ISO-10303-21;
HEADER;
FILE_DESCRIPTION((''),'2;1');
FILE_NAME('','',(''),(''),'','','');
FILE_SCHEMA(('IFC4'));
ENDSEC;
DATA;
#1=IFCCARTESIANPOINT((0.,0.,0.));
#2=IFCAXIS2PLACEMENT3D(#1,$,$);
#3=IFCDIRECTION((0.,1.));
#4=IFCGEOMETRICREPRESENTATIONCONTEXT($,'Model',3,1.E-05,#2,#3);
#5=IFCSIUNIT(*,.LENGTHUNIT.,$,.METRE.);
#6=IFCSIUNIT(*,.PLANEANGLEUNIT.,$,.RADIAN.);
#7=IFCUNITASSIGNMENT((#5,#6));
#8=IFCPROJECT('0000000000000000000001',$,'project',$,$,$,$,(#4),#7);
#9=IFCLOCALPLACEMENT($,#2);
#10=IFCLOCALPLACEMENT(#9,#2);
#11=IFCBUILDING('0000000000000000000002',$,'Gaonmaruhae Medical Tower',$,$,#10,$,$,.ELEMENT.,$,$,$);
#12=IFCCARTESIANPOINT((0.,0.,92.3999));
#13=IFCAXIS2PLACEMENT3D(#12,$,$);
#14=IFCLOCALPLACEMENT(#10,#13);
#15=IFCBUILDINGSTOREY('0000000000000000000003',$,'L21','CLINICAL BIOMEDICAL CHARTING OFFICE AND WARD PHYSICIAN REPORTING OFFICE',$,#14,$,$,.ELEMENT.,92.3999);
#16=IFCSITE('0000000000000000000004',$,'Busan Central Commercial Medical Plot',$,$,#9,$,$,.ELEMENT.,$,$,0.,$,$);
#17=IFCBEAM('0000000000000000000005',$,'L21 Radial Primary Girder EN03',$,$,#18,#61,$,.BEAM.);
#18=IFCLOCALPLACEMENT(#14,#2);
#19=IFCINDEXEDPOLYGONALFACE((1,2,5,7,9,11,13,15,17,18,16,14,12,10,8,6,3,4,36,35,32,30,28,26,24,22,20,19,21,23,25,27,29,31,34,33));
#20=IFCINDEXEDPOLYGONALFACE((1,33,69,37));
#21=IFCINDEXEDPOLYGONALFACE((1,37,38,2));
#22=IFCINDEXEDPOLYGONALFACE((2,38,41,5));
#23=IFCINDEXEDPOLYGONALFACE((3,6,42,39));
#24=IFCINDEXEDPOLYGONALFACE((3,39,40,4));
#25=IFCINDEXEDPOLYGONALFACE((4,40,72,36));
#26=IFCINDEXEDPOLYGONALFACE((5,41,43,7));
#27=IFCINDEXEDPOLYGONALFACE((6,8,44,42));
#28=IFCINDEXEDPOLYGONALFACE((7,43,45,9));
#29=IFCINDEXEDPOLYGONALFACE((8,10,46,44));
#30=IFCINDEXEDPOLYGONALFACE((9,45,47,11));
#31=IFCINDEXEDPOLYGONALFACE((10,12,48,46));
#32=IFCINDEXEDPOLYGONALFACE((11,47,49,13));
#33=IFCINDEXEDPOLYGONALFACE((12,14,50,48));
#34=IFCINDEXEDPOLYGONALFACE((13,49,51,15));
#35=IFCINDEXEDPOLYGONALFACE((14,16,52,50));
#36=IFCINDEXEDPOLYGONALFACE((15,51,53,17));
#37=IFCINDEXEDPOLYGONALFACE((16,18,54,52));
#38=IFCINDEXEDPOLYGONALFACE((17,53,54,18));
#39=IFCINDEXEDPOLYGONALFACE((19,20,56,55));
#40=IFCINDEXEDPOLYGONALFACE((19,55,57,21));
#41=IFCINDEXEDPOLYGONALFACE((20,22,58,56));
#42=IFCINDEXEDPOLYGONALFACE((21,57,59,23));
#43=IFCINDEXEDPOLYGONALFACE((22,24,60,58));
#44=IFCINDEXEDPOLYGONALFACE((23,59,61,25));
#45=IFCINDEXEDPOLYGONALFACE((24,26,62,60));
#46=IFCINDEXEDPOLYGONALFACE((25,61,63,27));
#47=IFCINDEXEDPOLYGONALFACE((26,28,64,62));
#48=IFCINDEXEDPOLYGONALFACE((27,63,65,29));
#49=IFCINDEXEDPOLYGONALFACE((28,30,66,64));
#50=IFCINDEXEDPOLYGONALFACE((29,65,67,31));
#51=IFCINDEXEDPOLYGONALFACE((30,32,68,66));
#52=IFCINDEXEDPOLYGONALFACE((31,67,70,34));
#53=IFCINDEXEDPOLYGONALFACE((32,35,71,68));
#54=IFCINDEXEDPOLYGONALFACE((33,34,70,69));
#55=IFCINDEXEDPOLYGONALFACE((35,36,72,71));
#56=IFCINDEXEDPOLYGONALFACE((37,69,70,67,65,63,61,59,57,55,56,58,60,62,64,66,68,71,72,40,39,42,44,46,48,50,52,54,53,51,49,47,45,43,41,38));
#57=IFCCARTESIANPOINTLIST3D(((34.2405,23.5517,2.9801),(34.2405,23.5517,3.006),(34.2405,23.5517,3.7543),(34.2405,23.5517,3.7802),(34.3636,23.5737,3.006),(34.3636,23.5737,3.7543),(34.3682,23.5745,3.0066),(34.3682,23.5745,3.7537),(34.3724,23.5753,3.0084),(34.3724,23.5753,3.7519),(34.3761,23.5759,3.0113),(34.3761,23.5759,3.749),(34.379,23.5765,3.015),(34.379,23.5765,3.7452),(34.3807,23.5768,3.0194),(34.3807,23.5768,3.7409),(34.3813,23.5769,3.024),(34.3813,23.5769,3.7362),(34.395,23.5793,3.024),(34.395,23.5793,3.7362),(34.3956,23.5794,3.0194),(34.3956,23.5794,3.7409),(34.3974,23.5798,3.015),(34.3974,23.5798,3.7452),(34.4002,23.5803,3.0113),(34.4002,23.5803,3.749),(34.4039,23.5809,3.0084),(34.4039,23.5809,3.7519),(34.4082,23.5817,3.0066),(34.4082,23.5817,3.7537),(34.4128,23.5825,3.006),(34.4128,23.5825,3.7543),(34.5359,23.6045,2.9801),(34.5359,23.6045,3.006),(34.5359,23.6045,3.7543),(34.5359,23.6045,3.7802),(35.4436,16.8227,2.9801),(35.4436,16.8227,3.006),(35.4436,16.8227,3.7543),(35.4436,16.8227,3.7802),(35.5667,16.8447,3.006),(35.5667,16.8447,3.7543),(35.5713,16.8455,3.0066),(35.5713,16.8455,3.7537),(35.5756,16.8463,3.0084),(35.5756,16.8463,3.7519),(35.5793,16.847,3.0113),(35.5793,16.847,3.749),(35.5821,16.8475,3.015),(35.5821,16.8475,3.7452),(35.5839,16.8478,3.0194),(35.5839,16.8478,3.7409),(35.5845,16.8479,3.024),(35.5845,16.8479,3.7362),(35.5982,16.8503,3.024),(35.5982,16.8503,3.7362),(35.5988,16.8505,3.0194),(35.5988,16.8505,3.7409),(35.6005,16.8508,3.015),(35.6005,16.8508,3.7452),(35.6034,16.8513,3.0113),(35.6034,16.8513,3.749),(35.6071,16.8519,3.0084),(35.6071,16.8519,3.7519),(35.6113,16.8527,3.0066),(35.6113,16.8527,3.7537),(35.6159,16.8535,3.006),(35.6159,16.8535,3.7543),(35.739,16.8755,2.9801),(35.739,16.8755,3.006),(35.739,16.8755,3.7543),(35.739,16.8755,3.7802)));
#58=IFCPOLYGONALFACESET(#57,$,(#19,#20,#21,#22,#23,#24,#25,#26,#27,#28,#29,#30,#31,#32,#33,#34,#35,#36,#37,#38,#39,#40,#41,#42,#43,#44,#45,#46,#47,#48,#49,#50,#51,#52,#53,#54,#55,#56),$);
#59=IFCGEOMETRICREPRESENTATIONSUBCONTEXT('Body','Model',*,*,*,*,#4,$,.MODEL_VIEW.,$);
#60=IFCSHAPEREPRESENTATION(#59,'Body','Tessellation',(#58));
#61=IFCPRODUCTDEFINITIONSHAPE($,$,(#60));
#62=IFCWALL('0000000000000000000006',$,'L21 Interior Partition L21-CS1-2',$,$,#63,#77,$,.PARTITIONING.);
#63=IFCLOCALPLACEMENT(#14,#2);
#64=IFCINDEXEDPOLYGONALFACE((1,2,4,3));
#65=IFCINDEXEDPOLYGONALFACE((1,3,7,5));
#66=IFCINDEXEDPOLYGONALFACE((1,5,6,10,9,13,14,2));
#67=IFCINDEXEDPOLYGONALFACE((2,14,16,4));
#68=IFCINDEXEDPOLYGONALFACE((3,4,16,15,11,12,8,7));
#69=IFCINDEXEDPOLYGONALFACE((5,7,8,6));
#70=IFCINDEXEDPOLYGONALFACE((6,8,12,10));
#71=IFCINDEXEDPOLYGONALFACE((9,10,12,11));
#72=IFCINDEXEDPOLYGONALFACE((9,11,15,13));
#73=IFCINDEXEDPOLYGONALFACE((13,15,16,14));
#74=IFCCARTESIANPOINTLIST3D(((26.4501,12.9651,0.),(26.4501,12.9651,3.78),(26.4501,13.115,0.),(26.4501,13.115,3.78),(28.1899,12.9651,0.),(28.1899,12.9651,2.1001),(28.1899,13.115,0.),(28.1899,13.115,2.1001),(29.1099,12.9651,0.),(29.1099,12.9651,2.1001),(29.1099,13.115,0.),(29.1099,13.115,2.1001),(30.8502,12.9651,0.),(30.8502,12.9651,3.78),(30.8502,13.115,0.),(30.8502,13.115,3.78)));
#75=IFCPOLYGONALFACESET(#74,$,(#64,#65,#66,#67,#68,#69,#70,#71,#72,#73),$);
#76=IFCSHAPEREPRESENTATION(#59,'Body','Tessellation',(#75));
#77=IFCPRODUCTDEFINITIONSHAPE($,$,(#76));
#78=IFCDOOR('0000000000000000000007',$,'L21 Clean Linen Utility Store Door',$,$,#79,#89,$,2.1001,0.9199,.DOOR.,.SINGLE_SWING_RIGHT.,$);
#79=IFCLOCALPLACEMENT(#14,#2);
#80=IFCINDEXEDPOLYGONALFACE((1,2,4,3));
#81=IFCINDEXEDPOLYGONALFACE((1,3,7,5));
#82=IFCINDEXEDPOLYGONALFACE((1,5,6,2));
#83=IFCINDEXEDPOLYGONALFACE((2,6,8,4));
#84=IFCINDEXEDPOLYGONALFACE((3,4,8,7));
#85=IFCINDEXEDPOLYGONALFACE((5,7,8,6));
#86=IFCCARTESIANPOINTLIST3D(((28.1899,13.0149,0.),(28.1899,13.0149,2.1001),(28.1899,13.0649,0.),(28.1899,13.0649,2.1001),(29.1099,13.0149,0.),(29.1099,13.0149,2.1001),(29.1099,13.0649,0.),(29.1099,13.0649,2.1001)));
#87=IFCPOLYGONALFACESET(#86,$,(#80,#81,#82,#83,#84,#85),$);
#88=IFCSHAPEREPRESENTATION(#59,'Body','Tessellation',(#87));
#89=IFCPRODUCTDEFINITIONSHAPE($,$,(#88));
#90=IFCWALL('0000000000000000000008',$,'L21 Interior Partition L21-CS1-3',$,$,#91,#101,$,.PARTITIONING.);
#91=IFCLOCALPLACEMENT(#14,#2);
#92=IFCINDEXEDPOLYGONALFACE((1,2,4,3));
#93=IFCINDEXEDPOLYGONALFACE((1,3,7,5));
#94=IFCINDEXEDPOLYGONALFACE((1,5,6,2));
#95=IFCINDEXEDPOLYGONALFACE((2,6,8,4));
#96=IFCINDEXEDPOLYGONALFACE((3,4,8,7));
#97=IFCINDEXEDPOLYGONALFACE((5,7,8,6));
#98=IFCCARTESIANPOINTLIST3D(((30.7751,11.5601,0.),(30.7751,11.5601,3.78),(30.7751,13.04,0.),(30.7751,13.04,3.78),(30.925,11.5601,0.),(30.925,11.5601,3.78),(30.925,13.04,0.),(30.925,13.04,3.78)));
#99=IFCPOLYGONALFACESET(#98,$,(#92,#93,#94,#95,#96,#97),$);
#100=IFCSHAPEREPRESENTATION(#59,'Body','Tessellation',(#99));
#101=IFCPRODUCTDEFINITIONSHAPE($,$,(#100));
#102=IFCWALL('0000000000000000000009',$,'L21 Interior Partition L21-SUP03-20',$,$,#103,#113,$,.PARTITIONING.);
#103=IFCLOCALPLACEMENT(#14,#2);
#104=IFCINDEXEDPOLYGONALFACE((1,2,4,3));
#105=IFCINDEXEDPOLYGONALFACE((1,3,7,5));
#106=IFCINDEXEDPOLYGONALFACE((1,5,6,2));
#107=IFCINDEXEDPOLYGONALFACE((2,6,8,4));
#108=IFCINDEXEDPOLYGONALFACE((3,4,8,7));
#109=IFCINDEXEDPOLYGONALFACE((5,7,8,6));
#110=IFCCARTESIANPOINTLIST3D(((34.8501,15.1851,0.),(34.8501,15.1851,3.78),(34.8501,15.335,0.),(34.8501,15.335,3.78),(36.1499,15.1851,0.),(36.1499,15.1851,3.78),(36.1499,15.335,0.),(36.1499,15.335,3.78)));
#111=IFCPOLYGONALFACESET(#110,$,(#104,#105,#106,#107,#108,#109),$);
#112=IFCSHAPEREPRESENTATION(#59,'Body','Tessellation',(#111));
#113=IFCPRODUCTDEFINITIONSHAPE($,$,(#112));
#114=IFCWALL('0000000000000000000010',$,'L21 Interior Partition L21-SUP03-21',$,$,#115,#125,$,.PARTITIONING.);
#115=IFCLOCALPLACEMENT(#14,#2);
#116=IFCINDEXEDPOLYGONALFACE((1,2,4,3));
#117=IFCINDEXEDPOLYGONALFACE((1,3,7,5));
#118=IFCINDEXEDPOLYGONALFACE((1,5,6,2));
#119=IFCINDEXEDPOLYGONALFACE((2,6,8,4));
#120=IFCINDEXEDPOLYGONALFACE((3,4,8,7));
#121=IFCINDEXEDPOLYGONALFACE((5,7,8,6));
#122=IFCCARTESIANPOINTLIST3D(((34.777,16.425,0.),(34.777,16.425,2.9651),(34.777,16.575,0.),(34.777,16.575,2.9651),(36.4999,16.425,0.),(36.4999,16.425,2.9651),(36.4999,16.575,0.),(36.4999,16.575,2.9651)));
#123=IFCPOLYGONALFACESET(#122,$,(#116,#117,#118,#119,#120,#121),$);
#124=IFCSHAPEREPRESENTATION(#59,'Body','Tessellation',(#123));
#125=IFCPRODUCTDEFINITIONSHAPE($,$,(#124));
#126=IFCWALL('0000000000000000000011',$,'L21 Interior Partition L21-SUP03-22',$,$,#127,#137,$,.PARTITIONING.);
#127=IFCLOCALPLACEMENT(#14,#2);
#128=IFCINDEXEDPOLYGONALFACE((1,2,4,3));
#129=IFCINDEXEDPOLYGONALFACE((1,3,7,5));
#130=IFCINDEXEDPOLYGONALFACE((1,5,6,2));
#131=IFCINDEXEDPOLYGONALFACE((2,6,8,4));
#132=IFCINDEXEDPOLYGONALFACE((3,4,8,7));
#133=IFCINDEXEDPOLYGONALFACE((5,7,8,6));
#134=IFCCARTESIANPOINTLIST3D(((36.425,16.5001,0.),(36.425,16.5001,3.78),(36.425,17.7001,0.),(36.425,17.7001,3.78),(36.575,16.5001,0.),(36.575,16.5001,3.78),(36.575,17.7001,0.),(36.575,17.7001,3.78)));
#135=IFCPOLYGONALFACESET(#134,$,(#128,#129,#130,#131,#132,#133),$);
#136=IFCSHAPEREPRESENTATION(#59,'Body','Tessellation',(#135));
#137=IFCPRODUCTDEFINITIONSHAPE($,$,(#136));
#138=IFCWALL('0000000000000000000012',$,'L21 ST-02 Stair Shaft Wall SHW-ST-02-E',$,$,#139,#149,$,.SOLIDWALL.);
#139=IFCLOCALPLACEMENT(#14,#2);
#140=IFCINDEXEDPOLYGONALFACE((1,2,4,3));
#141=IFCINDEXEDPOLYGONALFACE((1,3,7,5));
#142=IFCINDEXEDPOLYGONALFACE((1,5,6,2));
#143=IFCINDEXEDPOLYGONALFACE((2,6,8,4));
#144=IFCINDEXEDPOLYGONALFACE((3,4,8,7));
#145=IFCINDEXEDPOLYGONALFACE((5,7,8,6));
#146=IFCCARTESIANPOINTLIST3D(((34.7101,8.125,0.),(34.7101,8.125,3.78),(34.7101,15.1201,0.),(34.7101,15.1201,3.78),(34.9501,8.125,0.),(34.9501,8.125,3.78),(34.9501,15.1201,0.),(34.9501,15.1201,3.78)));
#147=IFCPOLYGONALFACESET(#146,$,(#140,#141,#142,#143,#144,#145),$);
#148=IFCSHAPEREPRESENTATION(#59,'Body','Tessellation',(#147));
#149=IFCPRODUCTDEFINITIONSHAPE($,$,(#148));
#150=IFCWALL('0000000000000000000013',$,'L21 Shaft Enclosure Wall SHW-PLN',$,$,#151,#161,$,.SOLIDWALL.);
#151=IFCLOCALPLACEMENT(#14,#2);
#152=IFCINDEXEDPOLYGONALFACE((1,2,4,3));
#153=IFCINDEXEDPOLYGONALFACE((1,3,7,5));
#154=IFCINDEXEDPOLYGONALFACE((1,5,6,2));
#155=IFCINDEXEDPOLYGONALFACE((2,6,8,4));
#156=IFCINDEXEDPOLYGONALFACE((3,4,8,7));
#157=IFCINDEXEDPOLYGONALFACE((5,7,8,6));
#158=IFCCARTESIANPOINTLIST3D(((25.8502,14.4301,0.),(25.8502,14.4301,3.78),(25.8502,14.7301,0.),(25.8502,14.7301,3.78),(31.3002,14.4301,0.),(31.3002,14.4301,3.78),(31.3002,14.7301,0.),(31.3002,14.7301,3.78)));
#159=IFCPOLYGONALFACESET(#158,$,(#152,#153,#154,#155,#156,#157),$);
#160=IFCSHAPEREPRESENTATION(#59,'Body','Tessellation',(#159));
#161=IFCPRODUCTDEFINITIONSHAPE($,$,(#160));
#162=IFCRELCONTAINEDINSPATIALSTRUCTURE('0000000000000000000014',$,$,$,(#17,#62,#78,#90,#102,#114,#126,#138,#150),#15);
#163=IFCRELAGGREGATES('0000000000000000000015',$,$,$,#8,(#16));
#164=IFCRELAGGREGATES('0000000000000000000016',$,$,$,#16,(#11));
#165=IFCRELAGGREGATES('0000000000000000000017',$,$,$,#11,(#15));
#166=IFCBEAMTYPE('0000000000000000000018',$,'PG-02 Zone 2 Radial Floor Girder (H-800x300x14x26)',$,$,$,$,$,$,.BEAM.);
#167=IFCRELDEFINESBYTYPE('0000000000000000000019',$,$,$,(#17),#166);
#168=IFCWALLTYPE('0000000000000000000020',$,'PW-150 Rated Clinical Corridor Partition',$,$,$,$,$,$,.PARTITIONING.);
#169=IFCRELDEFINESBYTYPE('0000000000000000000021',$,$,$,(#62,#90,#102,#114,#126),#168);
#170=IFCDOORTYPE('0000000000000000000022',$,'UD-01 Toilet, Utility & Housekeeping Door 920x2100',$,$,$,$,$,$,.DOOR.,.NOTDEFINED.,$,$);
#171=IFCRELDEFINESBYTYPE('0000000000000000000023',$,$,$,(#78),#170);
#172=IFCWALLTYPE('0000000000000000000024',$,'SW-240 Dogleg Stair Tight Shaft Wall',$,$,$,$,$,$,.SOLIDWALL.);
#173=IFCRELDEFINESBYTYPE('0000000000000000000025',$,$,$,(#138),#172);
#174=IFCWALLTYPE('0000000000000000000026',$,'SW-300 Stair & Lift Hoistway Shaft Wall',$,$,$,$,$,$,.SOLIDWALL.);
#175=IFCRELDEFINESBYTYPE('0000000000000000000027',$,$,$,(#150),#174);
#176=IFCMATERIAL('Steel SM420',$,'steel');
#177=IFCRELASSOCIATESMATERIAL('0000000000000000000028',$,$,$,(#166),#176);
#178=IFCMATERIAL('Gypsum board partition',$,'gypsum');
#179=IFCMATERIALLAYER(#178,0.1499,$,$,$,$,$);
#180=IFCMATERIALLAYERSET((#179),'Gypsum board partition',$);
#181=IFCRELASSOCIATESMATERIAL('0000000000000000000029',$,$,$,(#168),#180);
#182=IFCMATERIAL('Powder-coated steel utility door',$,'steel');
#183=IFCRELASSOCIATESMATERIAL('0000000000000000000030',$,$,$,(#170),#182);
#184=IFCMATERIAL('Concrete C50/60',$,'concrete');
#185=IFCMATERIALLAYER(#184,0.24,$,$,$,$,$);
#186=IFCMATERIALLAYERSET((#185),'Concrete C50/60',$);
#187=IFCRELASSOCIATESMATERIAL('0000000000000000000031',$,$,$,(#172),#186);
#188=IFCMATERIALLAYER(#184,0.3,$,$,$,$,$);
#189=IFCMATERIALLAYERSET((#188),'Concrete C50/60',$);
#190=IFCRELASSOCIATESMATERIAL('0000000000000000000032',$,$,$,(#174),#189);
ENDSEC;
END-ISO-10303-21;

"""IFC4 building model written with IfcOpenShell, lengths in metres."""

from ifc_helpers import new_model, si_unit, direction, frame, frame_2d, origin, origin_2d, place, context, subcontext, project, spatial, rectangle, i_section, extrude, material, layer, layer_set, material_profile, profile_set, type_object, element, fill, save


model = new_model("IFC4")

# Units and contexts
model_context = context("Model", 3, precision=1e-05, world=origin(), true_north=direction((0.0, 1.0)))
body_context = subcontext(model_context, "Body", "Model", "MODEL_VIEW")
ifc_project = project(units=[si_unit("LENGTHUNIT", "METRE"), si_unit("PLANEANGLEUNIT", "RADIAN")], contexts=[model_context])

# Site, building, storey
site_placement = place(None, origin())
site = spatial("IfcSite", under=ifc_project, at=site_placement, Name="Busan Central Commercial Medical Plot", CompositionType="ELEMENT", RefElevation=0.0)
building_placement = place(site_placement, origin())
building = spatial("IfcBuilding", under=site, at=building_placement, Name="Gaonmaruhae Medical Tower", CompositionType="ELEMENT")
storey_placement = place(building_placement, frame((0.0, 0.0, 92.3999)))
storey = spatial("IfcBuildingStorey", under=building, at=storey_placement, Name="L21", Description="CLINICAL BIOMEDICAL CHARTING OFFICE AND WARD PHYSICIAN REPORTING OFFICE", CompositionType="ELEMENT", Elevation=92.3999)

# Beam
ifc_material_1 = material(Name="Steel SM420", Category="steel")
ifc_material_profile_1 = material_profile(ifc_material_1, i_section(OverallWidth=0.3, OverallDepth=0.8, WebThickness=0.0139, FlangeThickness=0.0259, FilletRadius=0.0181, at=origin_2d()), Name="H-800x300x14x26")
ifc_profile_set_1 = profile_set([ifc_material_profile_1], Name="Steel SM420")
beam_type = type_object("IfcBeamType", Name="PG-02 Zone 2 Radial Floor Girder (H-800x300x14x26)", PredefinedType="BEAM", material=ifc_profile_set_1)
beam_1_placement = place(storey_placement, frame((35.5913, 16.8491, 3.3801), z_axis=(-0.176006, 0.984389, 0.0), x_axis=(-0.984389, -0.176006, 0.0)))
element("IfcBeam", 1, at=beam_1_placement, inside=storey, type_object=beam_type, Name="L21 Radial Primary Girder EN03", PredefinedType="BEAM", context=body_context, shape_type="SweptSolid", body=[
    extrude(i_section(OverallWidth=0.3, OverallDepth=0.8, WebThickness=0.0139, FlangeThickness=0.0259, FilletRadius=0.0181, at=origin_2d()), origin(), (0.0, 0.0, 1.0), 6.8357),
])

# Wall, opening, door
ifc_material_2 = material(Name="Gypsum board partition", Category="gypsum")
ifc_layer_1 = layer(ifc_material_2, 0.1499)
ifc_layer_set_1 = layer_set([ifc_layer_1], Name="Gypsum board partition")
wall_type_1 = type_object("IfcWallType", Name="PW-150 Rated Clinical Corridor Partition", PredefinedType="PARTITIONING", material=ifc_layer_set_1)
wall_1_placement = place(storey_placement, frame((26.45, 13.04, 0.0), z_axis=(0.0, 0.0, 1.0), x_axis=(1.0, 0.0, 0.0)))
wall_1 = element("IfcWall", 2, at=wall_1_placement, inside=storey, type_object=wall_type_1, Name="L21 Interior Partition L21-CS1-2", PredefinedType="PARTITIONING", context=body_context, shape_type="SweptSolid", body=[
    extrude(rectangle(XDim=4.4001, YDim=0.1499, at=frame_2d((2.2002, 0.0))), origin(), (0.0, 0.0, 1.0), 3.78),
])
opening_1_placement = place(wall_1_placement, frame((1.74, 0.0, 0.0)))
opening_1 = element("IfcOpeningElement", 3, at=opening_1_placement, cuts=wall_1, PredefinedType="OPENING", context=body_context, shape_type="SweptSolid", body=[
    extrude(rectangle(XDim=0.9199, YDim=2.1001, at=frame_2d((0.46, 1.05))), frame((0.0, 0.085, 0.0), z_axis=(0.0, -1.0, 0.0), x_axis=(1.0, 0.0, 0.0)), (0.0, 0.0, 1.0), 0.1699),
])
ifc_material_3 = material(Name="Powder-coated steel utility door", Category="steel")
door_type_1 = type_object("IfcDoorType", Name="UD-01 Toilet, Utility & Housekeeping Door 920x2100", OperationType="NOTDEFINED", PredefinedType="DOOR", material=ifc_material_3)
door_1_placement = place(opening_1_placement, origin())
door_1 = element("IfcDoor", 4, at=door_1_placement, inside=storey, type_object=door_type_1, Name="L21 Clean Linen Utility Store Door", OperationType="SINGLE_SWING_RIGHT", OverallHeight=2.1001, OverallWidth=0.9199, PredefinedType="DOOR", context=body_context, shape_type="SweptSolid", body=[
    extrude(rectangle(XDim=0.9199, YDim=2.1001, at=frame_2d((0.46, 1.05))), frame((0.0, 0.0249, 0.0), z_axis=(0.0, -1.0, 0.0), x_axis=(1.0, 0.0, 0.0)), (0.0, 0.0, 1.0), 0.05),
])
fill(opening_1, door_1)

# Walls
wall_2_placement = place(storey_placement, frame((30.8501, 13.04, 0.0), z_axis=(0.0, 0.0, 1.0), x_axis=(0.0, -1.0, 0.0)))
element("IfcWall", 5, at=wall_2_placement, inside=storey, type_object=wall_type_1, Name="L21 Interior Partition L21-CS1-3", PredefinedType="PARTITIONING", context=body_context, shape_type="SweptSolid", body=[
    extrude(rectangle(XDim=1.48, YDim=0.1499, at=frame_2d((0.74, 0.0))), origin(), (0.0, 0.0, 1.0), 3.78),
])
wall_3_placement = place(storey_placement, frame((36.1499, 15.26, 0.0), z_axis=(0.0, 0.0, 1.0), x_axis=(-1.0, 0.0, 0.0)))
element("IfcWall", 6, at=wall_3_placement, inside=storey, type_object=wall_type_1, Name="L21 Interior Partition L21-SUP03-20", PredefinedType="PARTITIONING", context=body_context, shape_type="SweptSolid", body=[
    extrude(rectangle(XDim=1.2998, YDim=0.1499, at=frame_2d((0.6499, 0.0))), origin(), (0.0, 0.0, 1.0), 3.78),
])
wall_4_placement = place(storey_placement, frame((34.7771, 16.5, 0.0), z_axis=(0.0, 0.0, 1.0), x_axis=(1.0, 0.0, 0.0)))
element("IfcWall", 7, at=wall_4_placement, inside=storey, type_object=wall_type_1, Name="L21 Interior Partition L21-SUP03-21", PredefinedType="PARTITIONING", context=body_context, shape_type="SweptSolid", body=[
    extrude(rectangle(XDim=1.7229, YDim=0.1499, at=frame_2d((0.8613, 0.0))), origin(), (0.0, 0.0, 1.0), 2.9651),
])
wall_5_placement = place(storey_placement, frame((36.5, 16.5, 0.0), z_axis=(0.0, 0.0, 1.0), x_axis=(0.0, 1.0, 0.0)))
element("IfcWall", 8, at=wall_5_placement, inside=storey, type_object=wall_type_1, Name="L21 Interior Partition L21-SUP03-22", PredefinedType="PARTITIONING", context=body_context, shape_type="SweptSolid", body=[
    extrude(rectangle(XDim=1.2, YDim=0.1499, at=frame_2d((0.6001, 0.0))), origin(), (0.0, 0.0, 1.0), 3.78),
])

# Shared definitions
ifc_material_4 = material(Name="Concrete C50/60", Category="concrete")
ifc_layer_2 = layer(ifc_material_4, 0.24)
ifc_layer_set_2 = layer_set([ifc_layer_2], Name="Concrete C50/60")
wall_type_2 = type_object("IfcWallType", Name="SW-240 Dogleg Stair Tight Shaft Wall", PredefinedType="SOLIDWALL", material=ifc_layer_set_2)

# Walls
wall_6_placement = place(storey_placement, frame((34.8301, 15.1201, 0.0), z_axis=(0.0, 0.0, 1.0), x_axis=(0.0, -1.0, 0.0)))
element("IfcWall", 9, at=wall_6_placement, inside=storey, type_object=wall_type_2, Name="L21 ST-02 Stair Shaft Wall SHW-ST-02-E", PredefinedType="SOLIDWALL", context=body_context, shape_type="SweptSolid", body=[
    extrude(rectangle(XDim=6.9951, YDim=0.24, at=frame_2d((3.4976, 0.0))), origin(), (0.0, 0.0, 1.0), 3.78),
])
ifc_layer_3 = layer(ifc_material_4, 0.3)
ifc_layer_set_3 = layer_set([ifc_layer_3], Name="Concrete C50/60")
wall_type_3 = type_object("IfcWallType", Name="SW-300 Stair & Lift Hoistway Shaft Wall", PredefinedType="SOLIDWALL", material=ifc_layer_set_3)
wall_7_placement = place(storey_placement, frame((25.8501, 14.5801, 0.0), z_axis=(0.0, 0.0, 1.0), x_axis=(1.0, 0.0, 0.0)))
element("IfcWall", 10, at=wall_7_placement, inside=storey, type_object=wall_type_3, Name="L21 Shaft Enclosure Wall SHW-PLN", PredefinedType="SOLIDWALL", context=body_context, shape_type="SweptSolid", body=[
    extrude(rectangle(XDim=5.45, YDim=0.3, at=frame_2d((2.7251, 0.0))), origin(), (0.0, 0.0, 1.0), 3.78),
])

save(model, "model.ifc")
